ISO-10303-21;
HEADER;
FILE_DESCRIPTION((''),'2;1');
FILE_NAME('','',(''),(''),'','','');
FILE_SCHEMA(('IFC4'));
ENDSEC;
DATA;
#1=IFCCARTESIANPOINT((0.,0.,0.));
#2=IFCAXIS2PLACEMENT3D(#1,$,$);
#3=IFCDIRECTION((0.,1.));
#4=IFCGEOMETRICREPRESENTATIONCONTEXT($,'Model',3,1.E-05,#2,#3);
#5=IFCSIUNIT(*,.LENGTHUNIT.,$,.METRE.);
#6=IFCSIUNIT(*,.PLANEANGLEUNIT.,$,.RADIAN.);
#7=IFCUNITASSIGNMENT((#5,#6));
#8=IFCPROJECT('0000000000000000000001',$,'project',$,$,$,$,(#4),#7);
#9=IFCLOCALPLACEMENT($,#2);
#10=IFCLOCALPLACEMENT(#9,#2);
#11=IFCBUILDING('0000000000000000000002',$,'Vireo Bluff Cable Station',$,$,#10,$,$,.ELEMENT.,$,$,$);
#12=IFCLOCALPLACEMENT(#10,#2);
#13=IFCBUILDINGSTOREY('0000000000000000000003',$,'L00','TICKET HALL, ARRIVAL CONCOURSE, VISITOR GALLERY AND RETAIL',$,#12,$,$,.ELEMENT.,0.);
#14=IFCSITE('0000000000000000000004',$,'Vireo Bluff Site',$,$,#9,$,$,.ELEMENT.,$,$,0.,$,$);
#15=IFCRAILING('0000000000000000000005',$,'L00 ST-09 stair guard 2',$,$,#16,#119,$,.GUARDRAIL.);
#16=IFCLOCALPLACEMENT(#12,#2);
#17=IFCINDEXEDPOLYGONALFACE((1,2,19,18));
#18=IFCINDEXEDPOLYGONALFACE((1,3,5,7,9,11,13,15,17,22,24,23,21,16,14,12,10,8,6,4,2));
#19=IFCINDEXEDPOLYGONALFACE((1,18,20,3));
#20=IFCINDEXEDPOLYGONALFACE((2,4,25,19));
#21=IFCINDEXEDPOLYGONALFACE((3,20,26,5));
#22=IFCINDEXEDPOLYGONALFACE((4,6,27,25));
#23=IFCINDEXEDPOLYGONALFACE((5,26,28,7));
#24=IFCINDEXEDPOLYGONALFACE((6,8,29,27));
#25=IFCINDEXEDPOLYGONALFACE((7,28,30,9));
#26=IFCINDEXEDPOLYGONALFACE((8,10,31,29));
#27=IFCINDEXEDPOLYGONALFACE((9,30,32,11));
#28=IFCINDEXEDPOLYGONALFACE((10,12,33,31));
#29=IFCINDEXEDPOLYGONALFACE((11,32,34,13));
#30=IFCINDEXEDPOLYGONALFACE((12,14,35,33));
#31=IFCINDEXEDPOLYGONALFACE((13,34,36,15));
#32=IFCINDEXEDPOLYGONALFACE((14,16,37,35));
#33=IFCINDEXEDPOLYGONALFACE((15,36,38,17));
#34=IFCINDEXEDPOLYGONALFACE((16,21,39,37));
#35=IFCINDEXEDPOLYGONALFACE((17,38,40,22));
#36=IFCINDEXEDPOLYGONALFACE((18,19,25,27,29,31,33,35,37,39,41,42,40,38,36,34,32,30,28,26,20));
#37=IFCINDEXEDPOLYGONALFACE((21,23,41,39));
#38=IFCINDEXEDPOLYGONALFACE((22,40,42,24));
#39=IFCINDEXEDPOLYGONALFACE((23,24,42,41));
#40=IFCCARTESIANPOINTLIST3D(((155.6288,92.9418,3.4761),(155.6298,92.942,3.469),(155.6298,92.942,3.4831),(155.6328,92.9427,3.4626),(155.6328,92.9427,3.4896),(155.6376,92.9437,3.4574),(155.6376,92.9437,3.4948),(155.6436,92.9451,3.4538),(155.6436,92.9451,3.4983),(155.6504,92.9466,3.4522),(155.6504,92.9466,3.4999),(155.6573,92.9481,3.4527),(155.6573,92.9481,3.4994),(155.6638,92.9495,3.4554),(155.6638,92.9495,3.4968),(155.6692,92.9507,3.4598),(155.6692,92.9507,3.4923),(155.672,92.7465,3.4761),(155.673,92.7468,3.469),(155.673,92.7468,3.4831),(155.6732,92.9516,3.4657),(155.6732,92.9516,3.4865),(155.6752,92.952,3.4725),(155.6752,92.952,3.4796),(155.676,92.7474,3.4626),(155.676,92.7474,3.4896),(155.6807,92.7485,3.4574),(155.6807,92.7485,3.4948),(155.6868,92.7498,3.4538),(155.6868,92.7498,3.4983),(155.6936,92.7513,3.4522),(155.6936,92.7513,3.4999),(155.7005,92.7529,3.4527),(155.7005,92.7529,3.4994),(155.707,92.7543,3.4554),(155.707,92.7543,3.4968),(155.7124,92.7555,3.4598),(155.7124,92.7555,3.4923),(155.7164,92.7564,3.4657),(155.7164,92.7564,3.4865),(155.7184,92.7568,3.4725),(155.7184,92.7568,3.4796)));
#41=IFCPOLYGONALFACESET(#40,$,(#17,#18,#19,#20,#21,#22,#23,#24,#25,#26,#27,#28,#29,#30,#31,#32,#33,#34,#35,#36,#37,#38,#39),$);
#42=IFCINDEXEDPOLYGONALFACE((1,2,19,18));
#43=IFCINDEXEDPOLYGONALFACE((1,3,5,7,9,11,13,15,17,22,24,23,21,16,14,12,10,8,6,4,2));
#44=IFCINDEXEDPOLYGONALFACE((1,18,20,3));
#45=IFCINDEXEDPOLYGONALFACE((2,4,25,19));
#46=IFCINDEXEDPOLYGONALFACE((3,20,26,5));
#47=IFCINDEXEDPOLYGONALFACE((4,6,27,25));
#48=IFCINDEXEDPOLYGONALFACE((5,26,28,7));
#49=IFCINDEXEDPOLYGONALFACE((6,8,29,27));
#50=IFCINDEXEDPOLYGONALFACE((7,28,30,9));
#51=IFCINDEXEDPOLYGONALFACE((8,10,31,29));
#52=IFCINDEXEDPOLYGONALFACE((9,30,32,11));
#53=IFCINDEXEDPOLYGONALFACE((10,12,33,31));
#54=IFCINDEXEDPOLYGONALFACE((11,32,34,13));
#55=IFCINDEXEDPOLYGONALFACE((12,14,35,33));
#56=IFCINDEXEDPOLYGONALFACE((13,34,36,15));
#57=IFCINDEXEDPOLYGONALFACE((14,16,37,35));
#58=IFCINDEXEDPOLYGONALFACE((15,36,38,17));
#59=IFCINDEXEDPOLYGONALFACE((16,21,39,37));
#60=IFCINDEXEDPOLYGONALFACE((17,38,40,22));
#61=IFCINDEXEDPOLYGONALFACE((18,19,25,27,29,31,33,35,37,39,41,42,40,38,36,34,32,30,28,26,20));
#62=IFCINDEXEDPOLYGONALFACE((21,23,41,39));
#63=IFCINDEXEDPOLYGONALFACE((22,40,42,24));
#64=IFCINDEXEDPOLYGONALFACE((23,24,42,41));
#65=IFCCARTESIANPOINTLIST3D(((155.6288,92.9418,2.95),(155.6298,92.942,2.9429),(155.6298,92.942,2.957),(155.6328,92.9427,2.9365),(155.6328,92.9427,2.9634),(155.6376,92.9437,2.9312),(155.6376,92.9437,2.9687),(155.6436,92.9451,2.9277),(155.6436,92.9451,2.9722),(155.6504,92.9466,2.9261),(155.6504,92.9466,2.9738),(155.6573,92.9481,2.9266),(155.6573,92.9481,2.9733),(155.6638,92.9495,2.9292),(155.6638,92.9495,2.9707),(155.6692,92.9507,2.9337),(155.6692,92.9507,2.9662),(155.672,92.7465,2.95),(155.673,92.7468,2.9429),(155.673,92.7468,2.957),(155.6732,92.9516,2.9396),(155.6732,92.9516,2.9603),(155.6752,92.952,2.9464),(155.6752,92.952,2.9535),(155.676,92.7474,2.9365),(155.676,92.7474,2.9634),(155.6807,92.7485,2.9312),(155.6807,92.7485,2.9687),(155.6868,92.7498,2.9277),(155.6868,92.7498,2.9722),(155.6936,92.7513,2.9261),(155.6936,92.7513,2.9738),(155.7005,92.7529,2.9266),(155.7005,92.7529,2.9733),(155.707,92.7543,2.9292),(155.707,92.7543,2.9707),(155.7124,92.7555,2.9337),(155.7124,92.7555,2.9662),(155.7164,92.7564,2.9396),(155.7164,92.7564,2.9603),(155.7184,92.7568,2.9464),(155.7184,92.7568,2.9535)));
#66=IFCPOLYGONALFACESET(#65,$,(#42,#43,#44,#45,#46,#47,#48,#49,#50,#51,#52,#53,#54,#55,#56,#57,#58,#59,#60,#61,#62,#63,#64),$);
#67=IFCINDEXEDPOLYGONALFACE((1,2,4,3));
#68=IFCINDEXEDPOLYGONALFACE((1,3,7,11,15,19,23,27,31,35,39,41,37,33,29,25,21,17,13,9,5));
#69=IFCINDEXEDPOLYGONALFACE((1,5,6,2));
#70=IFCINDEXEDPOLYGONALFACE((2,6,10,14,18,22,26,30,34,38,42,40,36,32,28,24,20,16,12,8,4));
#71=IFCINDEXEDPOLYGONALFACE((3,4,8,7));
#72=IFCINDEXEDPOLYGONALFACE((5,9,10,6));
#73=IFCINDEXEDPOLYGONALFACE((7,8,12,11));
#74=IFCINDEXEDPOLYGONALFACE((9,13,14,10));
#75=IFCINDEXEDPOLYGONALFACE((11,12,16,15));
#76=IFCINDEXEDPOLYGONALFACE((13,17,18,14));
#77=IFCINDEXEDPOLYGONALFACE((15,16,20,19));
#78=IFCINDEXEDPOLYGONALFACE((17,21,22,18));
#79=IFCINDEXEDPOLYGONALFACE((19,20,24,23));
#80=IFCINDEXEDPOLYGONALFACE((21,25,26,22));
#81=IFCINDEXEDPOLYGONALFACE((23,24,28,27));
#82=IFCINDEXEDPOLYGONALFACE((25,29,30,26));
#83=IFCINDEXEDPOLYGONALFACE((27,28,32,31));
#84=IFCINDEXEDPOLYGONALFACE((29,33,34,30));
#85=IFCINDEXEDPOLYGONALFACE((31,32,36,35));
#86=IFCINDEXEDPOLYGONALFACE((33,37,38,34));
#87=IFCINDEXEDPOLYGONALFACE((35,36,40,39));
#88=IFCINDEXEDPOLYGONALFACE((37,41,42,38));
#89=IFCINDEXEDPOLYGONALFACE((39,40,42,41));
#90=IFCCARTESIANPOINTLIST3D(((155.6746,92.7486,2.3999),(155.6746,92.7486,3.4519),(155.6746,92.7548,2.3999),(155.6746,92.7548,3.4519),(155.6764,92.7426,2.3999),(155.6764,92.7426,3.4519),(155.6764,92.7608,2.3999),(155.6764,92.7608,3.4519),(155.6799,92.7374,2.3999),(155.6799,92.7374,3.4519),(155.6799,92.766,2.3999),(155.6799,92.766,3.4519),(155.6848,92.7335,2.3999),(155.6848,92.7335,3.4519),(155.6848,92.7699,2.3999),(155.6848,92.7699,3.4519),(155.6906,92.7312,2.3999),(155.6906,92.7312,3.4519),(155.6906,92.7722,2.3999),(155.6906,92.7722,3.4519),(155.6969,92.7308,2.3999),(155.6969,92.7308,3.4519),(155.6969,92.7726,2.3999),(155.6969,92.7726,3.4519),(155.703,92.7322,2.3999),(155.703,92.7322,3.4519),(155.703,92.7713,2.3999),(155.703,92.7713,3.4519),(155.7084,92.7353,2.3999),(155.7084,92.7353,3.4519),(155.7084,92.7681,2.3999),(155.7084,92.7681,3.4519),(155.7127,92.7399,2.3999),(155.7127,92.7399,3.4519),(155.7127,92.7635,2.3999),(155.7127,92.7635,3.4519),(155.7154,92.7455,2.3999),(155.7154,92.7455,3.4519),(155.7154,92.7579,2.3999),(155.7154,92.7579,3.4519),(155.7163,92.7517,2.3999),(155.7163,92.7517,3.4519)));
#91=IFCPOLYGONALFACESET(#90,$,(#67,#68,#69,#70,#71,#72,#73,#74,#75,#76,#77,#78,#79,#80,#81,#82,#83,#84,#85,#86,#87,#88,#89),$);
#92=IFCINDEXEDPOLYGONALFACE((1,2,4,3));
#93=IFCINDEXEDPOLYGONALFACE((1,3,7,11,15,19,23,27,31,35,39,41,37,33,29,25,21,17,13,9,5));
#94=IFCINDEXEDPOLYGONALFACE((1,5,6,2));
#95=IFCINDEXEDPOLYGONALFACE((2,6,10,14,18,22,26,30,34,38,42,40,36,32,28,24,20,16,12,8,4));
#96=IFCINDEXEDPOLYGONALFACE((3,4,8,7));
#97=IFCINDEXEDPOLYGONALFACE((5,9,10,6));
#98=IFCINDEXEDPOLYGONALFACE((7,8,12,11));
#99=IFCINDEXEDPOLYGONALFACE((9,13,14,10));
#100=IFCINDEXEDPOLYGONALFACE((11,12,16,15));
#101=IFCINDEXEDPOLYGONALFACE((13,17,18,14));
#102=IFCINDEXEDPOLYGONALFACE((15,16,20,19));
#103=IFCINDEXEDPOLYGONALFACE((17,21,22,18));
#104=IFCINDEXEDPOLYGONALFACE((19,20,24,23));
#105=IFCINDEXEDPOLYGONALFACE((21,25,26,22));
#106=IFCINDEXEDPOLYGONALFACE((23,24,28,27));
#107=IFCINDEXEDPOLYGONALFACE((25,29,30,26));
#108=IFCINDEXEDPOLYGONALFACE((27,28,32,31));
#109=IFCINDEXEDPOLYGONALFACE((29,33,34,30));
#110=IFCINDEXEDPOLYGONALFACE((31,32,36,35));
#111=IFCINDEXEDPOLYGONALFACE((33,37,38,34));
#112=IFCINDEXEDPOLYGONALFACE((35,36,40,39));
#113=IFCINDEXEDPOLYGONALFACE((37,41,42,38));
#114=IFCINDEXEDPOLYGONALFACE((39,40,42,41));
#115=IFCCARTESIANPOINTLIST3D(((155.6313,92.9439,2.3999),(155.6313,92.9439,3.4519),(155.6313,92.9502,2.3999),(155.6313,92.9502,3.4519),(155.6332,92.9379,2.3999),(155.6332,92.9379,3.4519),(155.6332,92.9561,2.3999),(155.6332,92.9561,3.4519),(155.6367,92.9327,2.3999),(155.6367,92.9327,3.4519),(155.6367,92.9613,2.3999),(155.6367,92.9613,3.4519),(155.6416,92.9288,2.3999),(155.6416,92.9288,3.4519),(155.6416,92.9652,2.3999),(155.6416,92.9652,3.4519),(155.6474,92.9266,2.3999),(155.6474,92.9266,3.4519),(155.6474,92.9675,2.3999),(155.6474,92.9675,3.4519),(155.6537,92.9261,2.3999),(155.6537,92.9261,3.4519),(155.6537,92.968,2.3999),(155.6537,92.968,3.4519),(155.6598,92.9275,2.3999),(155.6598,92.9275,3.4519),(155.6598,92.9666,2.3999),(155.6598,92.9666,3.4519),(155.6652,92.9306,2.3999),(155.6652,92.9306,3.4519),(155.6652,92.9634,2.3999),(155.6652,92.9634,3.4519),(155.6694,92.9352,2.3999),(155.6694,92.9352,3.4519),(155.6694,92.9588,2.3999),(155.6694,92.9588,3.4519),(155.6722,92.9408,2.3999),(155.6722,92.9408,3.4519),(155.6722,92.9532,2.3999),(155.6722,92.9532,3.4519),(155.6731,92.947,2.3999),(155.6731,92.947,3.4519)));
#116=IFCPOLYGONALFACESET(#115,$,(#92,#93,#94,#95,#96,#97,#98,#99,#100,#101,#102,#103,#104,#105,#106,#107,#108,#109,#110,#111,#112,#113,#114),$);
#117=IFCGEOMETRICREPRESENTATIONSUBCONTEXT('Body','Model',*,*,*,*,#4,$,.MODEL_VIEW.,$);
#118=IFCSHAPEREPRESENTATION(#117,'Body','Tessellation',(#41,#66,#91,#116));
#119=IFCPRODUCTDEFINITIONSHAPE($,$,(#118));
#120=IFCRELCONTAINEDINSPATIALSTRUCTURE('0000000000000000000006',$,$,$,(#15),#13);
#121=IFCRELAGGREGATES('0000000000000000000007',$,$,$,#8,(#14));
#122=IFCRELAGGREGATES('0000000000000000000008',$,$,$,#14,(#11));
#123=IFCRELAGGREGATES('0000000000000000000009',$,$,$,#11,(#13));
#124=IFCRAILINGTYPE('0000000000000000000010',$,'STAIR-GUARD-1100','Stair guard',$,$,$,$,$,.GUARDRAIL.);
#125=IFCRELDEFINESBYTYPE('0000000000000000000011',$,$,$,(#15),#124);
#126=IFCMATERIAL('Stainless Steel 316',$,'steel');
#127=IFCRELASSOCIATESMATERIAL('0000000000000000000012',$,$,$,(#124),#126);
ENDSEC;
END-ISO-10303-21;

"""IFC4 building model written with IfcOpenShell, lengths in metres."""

from ifc_helpers import new_model, si_unit, direction, frame, origin, origin_2d, place, context, subcontext, project, spatial, circle, extrude, material, type_object, element, save


model = new_model("IFC4")

# Units and contexts
model_context = context("Model", 3, precision=1e-05, world=origin(), true_north=direction((0.0, 1.0)))
body_context = subcontext(model_context, "Body", "Model", "MODEL_VIEW")
ifc_project = project(units=[si_unit("LENGTHUNIT", "METRE"), si_unit("PLANEANGLEUNIT", "RADIAN")], contexts=[model_context])

# Site, building, storey
site_placement = place(None, origin())
site = spatial("IfcSite", under=ifc_project, at=site_placement, Name="Vireo Bluff Site", CompositionType="ELEMENT", RefElevation=0.0)
building_placement = place(site_placement, origin())
building = spatial("IfcBuilding", under=site, at=building_placement, Name="Vireo Bluff Cable Station", CompositionType="ELEMENT")
storey_placement = place(building_placement, origin())
storey = spatial("IfcBuildingStorey", under=building, at=storey_placement, Name="L00", Description="TICKET HALL, ARRIVAL CONCOURSE, VISITOR GALLERY AND RETAIL", CompositionType="ELEMENT", Elevation=0.0)

# Railing
ifc_material_1 = material(Name="Stainless Steel 316", Category="steel")
railing_type_1 = type_object("IfcRailingType", Name="STAIR-GUARD-1100", Description="Stair guard", PredefinedType="GUARDRAIL", material=ifc_material_1)
railing_1_placement = place(storey_placement, frame((155.6953, 92.7517, 2.3999)))
element("IfcRailing", 1, at=railing_1_placement, inside=storey, type_object=railing_type_1, Name="L00 ST-09 stair guard 2", PredefinedType="GUARDRAIL", context=body_context, shape_type="SweptSolid", body=[
    extrude(circle(Radius=0.0239, at=origin_2d()), frame((0.0, 0.0, 1.0762), z_axis=(-0.216026, 0.976388, 0.0), x_axis=(-0.976388, -0.216026, 0.0)), (0.0, 0.0, 1.0), 0.2),
    extrude(circle(Radius=0.0239, at=origin_2d()), frame((0.0, 0.0, 0.55), z_axis=(-0.216026, 0.976388, 0.0), x_axis=(-0.976388, -0.216026, 0.0)), (0.0, 0.0, 1.0), 0.2),
    extrude(circle(Radius=0.021, at=origin_2d()), origin(), (0.0, 0.0, 1.0), 1.052),
    extrude(circle(Radius=0.021, at=origin_2d()), frame((-0.0432, 0.1953, 0.0)), (0.0, 0.0, 1.0), 1.052),
])

save(model, "model.ifc")
